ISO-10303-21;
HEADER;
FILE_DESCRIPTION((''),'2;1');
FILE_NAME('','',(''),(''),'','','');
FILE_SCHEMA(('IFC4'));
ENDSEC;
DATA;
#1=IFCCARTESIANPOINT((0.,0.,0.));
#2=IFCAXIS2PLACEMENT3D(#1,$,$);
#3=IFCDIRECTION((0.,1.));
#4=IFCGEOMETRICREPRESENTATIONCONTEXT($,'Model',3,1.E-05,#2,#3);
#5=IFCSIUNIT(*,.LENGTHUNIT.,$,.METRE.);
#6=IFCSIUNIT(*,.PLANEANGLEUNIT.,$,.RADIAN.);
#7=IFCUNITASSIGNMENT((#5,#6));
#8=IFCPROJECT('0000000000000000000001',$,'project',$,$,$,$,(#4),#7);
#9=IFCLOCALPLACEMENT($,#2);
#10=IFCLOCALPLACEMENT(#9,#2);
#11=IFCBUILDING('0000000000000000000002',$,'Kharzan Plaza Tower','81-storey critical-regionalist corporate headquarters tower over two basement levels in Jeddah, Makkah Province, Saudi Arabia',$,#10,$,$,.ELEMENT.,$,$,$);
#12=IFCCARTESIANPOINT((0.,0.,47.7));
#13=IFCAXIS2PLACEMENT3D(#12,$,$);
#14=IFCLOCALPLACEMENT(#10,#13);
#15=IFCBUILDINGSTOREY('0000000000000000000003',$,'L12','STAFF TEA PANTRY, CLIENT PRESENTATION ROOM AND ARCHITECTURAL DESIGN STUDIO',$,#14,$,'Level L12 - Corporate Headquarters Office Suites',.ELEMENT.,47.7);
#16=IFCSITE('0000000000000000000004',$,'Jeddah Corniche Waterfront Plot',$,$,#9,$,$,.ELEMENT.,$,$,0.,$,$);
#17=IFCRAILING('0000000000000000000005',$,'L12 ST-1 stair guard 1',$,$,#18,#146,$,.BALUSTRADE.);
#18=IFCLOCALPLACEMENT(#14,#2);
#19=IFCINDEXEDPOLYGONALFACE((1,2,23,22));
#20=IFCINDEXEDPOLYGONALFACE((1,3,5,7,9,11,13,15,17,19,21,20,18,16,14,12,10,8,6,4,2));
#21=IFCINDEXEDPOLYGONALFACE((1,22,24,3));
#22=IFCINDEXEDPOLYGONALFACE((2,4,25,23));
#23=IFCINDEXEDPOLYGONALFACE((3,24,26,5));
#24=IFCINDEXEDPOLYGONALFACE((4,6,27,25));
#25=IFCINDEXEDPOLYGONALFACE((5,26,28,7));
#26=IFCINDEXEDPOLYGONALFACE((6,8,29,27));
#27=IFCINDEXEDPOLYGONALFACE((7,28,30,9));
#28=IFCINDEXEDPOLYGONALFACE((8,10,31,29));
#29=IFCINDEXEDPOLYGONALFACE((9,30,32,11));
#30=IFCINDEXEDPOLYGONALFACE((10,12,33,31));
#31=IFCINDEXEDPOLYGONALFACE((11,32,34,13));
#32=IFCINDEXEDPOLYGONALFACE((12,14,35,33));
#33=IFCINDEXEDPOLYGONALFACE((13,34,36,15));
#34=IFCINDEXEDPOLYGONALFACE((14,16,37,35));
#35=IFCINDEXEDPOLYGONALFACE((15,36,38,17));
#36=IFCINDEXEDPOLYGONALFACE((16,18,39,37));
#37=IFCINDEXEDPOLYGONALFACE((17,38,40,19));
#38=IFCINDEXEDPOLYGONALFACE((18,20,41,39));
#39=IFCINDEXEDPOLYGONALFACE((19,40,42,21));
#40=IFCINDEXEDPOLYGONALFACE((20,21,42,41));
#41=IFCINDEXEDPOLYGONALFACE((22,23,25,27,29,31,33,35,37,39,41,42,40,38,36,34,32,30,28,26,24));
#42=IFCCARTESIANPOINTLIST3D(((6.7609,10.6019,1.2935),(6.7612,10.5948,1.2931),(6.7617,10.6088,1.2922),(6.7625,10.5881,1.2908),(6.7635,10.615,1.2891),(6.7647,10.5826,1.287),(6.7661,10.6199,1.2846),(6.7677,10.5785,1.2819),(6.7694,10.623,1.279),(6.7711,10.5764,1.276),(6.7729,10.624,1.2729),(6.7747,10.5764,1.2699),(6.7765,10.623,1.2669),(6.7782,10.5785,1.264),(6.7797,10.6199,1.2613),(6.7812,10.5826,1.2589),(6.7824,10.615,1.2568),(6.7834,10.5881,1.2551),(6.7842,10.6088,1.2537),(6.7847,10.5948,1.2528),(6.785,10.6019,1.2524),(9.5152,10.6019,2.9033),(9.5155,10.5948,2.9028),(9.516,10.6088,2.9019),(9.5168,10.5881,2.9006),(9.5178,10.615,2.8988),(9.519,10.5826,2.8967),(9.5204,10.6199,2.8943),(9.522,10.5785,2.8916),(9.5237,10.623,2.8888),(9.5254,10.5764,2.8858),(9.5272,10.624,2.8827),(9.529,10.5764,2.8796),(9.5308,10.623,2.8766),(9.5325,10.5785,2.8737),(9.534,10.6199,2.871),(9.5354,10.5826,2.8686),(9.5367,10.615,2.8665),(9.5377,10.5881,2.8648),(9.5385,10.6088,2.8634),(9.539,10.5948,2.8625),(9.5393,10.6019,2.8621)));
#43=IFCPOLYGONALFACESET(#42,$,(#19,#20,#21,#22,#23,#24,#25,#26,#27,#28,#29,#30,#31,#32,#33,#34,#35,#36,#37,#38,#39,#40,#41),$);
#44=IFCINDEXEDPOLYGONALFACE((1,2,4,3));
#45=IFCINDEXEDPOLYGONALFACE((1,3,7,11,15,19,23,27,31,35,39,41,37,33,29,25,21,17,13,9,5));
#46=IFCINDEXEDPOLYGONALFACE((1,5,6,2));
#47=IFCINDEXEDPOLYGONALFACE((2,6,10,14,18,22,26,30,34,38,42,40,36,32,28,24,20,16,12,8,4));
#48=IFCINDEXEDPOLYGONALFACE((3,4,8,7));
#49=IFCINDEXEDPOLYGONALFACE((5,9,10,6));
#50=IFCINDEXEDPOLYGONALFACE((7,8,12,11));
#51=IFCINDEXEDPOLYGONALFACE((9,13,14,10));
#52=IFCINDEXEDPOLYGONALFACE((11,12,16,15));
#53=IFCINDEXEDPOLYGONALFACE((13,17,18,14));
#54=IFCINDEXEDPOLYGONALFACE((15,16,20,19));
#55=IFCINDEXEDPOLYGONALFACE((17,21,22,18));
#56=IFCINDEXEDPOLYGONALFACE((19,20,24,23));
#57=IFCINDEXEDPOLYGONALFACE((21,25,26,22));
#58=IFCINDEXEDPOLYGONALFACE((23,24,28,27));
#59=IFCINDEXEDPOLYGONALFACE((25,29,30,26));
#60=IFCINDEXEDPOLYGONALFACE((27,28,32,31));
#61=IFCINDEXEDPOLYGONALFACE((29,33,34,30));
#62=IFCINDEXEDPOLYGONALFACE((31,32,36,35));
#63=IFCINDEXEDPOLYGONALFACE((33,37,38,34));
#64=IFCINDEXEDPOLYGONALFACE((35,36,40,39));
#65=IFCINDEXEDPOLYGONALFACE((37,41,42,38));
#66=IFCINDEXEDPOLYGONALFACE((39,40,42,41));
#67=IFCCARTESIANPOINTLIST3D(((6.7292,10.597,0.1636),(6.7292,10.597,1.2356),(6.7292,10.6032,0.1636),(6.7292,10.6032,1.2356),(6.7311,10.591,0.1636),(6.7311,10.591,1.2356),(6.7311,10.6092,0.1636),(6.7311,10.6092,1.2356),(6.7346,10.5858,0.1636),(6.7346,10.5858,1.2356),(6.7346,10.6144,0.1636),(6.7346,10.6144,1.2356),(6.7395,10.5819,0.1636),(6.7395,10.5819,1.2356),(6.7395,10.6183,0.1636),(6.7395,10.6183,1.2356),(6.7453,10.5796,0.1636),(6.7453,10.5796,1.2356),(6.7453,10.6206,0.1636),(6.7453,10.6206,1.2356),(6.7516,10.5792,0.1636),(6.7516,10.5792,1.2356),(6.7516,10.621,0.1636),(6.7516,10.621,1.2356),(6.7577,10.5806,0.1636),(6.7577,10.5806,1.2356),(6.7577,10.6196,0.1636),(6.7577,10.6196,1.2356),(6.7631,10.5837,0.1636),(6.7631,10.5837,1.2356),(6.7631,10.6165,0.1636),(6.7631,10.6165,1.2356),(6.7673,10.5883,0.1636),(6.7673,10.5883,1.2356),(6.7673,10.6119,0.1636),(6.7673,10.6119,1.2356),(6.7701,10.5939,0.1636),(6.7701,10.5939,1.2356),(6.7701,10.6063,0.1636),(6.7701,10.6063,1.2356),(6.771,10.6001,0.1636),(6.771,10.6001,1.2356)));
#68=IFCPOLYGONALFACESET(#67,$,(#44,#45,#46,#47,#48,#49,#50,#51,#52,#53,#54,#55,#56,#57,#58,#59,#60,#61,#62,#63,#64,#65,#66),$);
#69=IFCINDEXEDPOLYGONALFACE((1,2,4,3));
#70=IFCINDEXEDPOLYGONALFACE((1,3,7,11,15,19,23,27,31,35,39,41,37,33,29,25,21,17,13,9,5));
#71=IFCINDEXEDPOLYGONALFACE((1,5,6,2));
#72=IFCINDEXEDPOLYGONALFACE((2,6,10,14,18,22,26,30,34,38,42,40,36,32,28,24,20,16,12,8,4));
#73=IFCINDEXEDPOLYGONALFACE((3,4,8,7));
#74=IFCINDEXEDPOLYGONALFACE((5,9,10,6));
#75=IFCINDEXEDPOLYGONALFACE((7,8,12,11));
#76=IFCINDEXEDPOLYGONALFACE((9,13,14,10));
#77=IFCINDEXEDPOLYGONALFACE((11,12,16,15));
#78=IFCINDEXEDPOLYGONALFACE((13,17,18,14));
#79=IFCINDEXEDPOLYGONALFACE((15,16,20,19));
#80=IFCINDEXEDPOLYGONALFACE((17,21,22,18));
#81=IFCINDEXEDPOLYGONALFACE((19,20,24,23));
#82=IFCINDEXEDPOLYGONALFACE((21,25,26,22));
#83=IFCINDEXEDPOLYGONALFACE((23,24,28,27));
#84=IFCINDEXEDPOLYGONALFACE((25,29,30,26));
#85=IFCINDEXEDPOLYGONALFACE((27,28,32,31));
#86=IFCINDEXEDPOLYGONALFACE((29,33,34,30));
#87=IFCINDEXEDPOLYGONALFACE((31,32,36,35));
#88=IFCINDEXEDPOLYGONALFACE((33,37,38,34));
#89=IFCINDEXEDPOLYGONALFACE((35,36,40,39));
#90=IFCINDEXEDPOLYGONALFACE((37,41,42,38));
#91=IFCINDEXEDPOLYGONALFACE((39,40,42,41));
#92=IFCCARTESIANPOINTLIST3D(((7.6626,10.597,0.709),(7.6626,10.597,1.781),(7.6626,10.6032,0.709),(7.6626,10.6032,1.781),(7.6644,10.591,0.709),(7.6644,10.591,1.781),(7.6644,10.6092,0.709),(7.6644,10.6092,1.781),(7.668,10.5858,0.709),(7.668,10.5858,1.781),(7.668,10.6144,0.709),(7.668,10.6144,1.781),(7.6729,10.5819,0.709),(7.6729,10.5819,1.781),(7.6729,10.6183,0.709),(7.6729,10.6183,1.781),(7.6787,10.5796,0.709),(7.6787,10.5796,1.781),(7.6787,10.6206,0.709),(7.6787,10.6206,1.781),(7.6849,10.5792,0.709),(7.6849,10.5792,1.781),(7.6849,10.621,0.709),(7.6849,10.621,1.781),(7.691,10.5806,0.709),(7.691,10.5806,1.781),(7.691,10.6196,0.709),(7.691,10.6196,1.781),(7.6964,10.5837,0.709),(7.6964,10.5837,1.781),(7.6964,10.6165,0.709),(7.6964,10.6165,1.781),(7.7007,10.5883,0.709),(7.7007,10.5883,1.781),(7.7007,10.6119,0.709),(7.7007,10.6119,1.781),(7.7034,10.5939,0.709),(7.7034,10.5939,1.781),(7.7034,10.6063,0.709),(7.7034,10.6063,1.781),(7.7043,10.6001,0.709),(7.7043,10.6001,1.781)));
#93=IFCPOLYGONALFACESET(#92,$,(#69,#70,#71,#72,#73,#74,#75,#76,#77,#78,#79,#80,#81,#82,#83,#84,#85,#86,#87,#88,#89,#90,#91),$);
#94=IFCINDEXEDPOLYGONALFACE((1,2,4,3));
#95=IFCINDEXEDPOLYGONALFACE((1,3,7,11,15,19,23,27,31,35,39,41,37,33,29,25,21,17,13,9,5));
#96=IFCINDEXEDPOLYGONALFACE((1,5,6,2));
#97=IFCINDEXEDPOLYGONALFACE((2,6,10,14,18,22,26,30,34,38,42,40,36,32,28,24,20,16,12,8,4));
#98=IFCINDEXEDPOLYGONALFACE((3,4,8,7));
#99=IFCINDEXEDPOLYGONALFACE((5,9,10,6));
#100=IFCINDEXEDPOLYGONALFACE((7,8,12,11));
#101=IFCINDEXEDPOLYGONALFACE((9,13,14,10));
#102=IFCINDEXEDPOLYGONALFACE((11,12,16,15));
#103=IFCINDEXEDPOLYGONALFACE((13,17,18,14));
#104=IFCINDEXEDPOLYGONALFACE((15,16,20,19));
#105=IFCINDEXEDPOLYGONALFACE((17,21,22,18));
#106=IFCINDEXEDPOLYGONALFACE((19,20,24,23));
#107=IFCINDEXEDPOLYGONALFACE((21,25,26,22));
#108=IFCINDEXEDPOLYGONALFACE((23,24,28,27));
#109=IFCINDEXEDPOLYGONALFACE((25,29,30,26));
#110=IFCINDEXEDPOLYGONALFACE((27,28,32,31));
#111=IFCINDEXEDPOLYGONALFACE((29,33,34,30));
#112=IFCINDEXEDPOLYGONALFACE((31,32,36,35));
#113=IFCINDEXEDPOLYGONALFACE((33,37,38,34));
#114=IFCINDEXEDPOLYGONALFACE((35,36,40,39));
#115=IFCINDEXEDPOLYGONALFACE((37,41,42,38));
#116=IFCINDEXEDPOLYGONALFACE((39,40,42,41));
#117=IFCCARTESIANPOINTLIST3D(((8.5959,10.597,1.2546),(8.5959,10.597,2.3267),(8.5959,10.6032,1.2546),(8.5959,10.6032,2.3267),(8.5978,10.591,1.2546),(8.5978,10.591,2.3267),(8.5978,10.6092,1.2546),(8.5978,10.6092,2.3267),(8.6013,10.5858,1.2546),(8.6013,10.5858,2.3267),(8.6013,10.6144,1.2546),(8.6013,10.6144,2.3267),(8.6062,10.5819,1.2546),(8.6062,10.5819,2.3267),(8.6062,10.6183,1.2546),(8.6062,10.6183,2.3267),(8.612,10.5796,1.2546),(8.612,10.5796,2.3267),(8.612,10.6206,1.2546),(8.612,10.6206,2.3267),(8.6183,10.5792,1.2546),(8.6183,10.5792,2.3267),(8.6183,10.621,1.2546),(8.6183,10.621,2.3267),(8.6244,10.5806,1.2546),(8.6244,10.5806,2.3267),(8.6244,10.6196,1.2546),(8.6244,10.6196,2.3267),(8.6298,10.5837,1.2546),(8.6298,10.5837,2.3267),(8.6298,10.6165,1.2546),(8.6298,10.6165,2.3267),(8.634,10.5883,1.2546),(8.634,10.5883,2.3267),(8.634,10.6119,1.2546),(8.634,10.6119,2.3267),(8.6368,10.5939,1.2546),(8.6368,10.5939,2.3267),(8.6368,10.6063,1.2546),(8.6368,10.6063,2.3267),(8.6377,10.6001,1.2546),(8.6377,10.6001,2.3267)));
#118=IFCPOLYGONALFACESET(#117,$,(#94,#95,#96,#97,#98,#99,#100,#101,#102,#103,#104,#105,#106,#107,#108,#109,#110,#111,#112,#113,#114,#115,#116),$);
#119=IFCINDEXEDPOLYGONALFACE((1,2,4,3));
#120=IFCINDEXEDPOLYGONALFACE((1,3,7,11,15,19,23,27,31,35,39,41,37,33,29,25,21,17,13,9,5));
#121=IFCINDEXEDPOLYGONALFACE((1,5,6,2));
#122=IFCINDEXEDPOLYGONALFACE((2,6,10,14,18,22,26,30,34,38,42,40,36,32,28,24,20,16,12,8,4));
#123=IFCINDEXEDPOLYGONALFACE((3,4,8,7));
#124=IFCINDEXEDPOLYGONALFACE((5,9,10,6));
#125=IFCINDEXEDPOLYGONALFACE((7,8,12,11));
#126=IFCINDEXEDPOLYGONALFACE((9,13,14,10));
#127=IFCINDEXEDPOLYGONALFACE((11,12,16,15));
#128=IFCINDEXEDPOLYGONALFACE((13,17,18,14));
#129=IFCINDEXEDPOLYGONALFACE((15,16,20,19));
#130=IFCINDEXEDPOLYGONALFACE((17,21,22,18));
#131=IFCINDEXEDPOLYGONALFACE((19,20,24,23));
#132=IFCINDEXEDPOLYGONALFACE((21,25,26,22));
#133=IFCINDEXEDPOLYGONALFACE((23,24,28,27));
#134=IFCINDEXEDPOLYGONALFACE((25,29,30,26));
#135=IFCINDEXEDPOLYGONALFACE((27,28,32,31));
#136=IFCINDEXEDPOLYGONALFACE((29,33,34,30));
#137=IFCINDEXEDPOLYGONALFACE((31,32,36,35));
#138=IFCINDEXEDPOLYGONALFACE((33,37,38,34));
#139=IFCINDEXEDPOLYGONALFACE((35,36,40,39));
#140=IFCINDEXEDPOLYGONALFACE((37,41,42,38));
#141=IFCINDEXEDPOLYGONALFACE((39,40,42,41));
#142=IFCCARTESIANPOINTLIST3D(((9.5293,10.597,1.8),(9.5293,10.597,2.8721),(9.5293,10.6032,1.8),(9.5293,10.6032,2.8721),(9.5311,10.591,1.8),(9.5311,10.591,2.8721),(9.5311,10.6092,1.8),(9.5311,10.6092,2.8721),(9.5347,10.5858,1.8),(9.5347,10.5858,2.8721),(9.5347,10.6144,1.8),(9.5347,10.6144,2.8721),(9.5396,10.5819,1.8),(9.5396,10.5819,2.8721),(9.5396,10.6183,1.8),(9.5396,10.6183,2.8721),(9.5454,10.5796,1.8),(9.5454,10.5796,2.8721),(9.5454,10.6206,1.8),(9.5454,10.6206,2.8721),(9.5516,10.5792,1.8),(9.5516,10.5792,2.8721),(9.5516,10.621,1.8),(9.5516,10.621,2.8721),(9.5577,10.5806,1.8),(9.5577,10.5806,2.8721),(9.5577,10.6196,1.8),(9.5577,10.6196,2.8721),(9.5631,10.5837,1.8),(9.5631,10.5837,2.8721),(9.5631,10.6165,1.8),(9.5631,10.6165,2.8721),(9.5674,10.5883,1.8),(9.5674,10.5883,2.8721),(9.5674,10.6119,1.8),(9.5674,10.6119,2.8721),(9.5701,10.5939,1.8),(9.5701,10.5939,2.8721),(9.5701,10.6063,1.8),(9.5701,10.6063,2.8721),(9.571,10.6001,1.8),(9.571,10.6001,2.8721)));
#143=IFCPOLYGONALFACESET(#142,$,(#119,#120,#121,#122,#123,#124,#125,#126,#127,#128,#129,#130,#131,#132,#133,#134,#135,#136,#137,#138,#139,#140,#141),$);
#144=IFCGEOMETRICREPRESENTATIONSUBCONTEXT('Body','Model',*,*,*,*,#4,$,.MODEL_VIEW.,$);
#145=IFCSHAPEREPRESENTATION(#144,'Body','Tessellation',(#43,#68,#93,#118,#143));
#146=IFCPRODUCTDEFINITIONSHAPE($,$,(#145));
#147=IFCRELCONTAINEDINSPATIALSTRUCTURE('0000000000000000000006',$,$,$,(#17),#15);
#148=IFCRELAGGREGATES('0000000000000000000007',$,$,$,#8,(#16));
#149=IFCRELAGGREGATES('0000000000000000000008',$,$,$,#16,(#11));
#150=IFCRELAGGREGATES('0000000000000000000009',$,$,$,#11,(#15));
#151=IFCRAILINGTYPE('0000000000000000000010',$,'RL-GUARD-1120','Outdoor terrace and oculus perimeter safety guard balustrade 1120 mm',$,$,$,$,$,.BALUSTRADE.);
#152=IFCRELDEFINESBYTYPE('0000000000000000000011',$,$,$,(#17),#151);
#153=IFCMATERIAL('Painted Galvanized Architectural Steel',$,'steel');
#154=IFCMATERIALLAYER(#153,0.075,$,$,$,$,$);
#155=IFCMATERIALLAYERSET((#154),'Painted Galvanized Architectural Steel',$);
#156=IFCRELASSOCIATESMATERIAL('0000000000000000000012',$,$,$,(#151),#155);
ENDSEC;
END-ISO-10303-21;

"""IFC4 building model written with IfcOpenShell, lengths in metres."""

from ifc_helpers import new_model, si_unit, direction, frame, origin, origin_2d, place, context, subcontext, project, spatial, circle, extrude, source, transform, mapped, material, layer, layer_set, type_object, element, save


model = new_model("IFC4")

# Units and contexts
model_context = context("Model", 3, precision=1e-05, world=origin(), true_north=direction((0.0, 1.0)))
body_context = subcontext(model_context, "Body", "Model", "MODEL_VIEW")
ifc_project = project(units=[si_unit("LENGTHUNIT", "METRE"), si_unit("PLANEANGLEUNIT", "RADIAN")], contexts=[model_context])

# Site, building, storey
site_placement = place(None, origin())
site = spatial("IfcSite", under=ifc_project, at=site_placement, Name="Jeddah Corniche Waterfront Plot", CompositionType="ELEMENT", RefElevation=0.0)
building_placement = place(site_placement, origin())
building = spatial("IfcBuilding", under=site, at=building_placement, Name="Kharzan Plaza Tower", Description="81-storey critical-regionalist corporate headquarters tower over two basement levels in Jeddah, Makkah Province, Saudi Arabia", CompositionType="ELEMENT")
storey_placement = place(building_placement, frame((0.0, 0.0, 47.7)))
storey = spatial("IfcBuildingStorey", under=building, at=storey_placement, Name="L12", Description="STAFF TEA PANTRY, CLIENT PRESENTATION ROOM AND ARCHITECTURAL DESIGN STUDIO", LongName="Level L12 - Corporate Headquarters Office Suites", CompositionType="ELEMENT", Elevation=47.7)

# Railing
ifc_material_1 = material(Name="Painted Galvanized Architectural Steel", Category="steel")
ifc_layer_1 = layer(ifc_material_1, 0.075)
ifc_layer_set_1 = layer_set([ifc_layer_1], Name="Painted Galvanized Architectural Steel")
railing_type_1 = type_object("IfcRailingType", Name="RL-GUARD-1120", Description="Outdoor terrace and oculus perimeter safety guard balustrade 1120 mm", PredefinedType="BALUSTRADE", material=ifc_layer_set_1)
shared_shape_1 = source(origin(), body_context, "Body", "SweptSolid", [
    extrude(circle(Radius=0.0239, at=origin_2d()), frame((0.0229, 0.0, 1.1094), z_axis=(0.863361, 0.0, 0.504587), x_axis=(0.0, 1.0, 0.0)), (0.0, 0.0, 1.0), 3.1902),
    extrude(circle(Radius=0.021, at=origin_2d()), origin(), (0.0, 0.0, 1.0), 1.072),
    extrude(circle(Radius=0.021, at=origin_2d()), frame((0.9333, 0.0, 0.5454)), (0.0, 0.0, 1.0), 1.072),
    extrude(circle(Radius=0.021, at=origin_2d()), frame((1.8667, 0.0, 1.0911)), (0.0, 0.0, 1.0), 1.072),
    extrude(circle(Radius=0.021, at=origin_2d()), frame((2.8, 0.0, 1.6365)), (0.0, 0.0, 1.0), 1.072),
])
railing_1_placement = place(storey_placement, frame((6.75, 10.6001, 0.1636)))
element("IfcRailing", 1, at=railing_1_placement, inside=storey, type_object=railing_type_1, Name="L12 ST-1 stair guard 1", PredefinedType="BALUSTRADE", context=body_context, shape_type="MappedRepresentation", body=[
    mapped(shared_shape_1, transform((0.0, 0.0, 0.0), x_axis=(1.0, 0.0, 0.0), y_axis=(0.0, 1.0, 0.0), z_axis=(0.0, 0.0, 1.0))),
])

save(model, "model.ifc")
